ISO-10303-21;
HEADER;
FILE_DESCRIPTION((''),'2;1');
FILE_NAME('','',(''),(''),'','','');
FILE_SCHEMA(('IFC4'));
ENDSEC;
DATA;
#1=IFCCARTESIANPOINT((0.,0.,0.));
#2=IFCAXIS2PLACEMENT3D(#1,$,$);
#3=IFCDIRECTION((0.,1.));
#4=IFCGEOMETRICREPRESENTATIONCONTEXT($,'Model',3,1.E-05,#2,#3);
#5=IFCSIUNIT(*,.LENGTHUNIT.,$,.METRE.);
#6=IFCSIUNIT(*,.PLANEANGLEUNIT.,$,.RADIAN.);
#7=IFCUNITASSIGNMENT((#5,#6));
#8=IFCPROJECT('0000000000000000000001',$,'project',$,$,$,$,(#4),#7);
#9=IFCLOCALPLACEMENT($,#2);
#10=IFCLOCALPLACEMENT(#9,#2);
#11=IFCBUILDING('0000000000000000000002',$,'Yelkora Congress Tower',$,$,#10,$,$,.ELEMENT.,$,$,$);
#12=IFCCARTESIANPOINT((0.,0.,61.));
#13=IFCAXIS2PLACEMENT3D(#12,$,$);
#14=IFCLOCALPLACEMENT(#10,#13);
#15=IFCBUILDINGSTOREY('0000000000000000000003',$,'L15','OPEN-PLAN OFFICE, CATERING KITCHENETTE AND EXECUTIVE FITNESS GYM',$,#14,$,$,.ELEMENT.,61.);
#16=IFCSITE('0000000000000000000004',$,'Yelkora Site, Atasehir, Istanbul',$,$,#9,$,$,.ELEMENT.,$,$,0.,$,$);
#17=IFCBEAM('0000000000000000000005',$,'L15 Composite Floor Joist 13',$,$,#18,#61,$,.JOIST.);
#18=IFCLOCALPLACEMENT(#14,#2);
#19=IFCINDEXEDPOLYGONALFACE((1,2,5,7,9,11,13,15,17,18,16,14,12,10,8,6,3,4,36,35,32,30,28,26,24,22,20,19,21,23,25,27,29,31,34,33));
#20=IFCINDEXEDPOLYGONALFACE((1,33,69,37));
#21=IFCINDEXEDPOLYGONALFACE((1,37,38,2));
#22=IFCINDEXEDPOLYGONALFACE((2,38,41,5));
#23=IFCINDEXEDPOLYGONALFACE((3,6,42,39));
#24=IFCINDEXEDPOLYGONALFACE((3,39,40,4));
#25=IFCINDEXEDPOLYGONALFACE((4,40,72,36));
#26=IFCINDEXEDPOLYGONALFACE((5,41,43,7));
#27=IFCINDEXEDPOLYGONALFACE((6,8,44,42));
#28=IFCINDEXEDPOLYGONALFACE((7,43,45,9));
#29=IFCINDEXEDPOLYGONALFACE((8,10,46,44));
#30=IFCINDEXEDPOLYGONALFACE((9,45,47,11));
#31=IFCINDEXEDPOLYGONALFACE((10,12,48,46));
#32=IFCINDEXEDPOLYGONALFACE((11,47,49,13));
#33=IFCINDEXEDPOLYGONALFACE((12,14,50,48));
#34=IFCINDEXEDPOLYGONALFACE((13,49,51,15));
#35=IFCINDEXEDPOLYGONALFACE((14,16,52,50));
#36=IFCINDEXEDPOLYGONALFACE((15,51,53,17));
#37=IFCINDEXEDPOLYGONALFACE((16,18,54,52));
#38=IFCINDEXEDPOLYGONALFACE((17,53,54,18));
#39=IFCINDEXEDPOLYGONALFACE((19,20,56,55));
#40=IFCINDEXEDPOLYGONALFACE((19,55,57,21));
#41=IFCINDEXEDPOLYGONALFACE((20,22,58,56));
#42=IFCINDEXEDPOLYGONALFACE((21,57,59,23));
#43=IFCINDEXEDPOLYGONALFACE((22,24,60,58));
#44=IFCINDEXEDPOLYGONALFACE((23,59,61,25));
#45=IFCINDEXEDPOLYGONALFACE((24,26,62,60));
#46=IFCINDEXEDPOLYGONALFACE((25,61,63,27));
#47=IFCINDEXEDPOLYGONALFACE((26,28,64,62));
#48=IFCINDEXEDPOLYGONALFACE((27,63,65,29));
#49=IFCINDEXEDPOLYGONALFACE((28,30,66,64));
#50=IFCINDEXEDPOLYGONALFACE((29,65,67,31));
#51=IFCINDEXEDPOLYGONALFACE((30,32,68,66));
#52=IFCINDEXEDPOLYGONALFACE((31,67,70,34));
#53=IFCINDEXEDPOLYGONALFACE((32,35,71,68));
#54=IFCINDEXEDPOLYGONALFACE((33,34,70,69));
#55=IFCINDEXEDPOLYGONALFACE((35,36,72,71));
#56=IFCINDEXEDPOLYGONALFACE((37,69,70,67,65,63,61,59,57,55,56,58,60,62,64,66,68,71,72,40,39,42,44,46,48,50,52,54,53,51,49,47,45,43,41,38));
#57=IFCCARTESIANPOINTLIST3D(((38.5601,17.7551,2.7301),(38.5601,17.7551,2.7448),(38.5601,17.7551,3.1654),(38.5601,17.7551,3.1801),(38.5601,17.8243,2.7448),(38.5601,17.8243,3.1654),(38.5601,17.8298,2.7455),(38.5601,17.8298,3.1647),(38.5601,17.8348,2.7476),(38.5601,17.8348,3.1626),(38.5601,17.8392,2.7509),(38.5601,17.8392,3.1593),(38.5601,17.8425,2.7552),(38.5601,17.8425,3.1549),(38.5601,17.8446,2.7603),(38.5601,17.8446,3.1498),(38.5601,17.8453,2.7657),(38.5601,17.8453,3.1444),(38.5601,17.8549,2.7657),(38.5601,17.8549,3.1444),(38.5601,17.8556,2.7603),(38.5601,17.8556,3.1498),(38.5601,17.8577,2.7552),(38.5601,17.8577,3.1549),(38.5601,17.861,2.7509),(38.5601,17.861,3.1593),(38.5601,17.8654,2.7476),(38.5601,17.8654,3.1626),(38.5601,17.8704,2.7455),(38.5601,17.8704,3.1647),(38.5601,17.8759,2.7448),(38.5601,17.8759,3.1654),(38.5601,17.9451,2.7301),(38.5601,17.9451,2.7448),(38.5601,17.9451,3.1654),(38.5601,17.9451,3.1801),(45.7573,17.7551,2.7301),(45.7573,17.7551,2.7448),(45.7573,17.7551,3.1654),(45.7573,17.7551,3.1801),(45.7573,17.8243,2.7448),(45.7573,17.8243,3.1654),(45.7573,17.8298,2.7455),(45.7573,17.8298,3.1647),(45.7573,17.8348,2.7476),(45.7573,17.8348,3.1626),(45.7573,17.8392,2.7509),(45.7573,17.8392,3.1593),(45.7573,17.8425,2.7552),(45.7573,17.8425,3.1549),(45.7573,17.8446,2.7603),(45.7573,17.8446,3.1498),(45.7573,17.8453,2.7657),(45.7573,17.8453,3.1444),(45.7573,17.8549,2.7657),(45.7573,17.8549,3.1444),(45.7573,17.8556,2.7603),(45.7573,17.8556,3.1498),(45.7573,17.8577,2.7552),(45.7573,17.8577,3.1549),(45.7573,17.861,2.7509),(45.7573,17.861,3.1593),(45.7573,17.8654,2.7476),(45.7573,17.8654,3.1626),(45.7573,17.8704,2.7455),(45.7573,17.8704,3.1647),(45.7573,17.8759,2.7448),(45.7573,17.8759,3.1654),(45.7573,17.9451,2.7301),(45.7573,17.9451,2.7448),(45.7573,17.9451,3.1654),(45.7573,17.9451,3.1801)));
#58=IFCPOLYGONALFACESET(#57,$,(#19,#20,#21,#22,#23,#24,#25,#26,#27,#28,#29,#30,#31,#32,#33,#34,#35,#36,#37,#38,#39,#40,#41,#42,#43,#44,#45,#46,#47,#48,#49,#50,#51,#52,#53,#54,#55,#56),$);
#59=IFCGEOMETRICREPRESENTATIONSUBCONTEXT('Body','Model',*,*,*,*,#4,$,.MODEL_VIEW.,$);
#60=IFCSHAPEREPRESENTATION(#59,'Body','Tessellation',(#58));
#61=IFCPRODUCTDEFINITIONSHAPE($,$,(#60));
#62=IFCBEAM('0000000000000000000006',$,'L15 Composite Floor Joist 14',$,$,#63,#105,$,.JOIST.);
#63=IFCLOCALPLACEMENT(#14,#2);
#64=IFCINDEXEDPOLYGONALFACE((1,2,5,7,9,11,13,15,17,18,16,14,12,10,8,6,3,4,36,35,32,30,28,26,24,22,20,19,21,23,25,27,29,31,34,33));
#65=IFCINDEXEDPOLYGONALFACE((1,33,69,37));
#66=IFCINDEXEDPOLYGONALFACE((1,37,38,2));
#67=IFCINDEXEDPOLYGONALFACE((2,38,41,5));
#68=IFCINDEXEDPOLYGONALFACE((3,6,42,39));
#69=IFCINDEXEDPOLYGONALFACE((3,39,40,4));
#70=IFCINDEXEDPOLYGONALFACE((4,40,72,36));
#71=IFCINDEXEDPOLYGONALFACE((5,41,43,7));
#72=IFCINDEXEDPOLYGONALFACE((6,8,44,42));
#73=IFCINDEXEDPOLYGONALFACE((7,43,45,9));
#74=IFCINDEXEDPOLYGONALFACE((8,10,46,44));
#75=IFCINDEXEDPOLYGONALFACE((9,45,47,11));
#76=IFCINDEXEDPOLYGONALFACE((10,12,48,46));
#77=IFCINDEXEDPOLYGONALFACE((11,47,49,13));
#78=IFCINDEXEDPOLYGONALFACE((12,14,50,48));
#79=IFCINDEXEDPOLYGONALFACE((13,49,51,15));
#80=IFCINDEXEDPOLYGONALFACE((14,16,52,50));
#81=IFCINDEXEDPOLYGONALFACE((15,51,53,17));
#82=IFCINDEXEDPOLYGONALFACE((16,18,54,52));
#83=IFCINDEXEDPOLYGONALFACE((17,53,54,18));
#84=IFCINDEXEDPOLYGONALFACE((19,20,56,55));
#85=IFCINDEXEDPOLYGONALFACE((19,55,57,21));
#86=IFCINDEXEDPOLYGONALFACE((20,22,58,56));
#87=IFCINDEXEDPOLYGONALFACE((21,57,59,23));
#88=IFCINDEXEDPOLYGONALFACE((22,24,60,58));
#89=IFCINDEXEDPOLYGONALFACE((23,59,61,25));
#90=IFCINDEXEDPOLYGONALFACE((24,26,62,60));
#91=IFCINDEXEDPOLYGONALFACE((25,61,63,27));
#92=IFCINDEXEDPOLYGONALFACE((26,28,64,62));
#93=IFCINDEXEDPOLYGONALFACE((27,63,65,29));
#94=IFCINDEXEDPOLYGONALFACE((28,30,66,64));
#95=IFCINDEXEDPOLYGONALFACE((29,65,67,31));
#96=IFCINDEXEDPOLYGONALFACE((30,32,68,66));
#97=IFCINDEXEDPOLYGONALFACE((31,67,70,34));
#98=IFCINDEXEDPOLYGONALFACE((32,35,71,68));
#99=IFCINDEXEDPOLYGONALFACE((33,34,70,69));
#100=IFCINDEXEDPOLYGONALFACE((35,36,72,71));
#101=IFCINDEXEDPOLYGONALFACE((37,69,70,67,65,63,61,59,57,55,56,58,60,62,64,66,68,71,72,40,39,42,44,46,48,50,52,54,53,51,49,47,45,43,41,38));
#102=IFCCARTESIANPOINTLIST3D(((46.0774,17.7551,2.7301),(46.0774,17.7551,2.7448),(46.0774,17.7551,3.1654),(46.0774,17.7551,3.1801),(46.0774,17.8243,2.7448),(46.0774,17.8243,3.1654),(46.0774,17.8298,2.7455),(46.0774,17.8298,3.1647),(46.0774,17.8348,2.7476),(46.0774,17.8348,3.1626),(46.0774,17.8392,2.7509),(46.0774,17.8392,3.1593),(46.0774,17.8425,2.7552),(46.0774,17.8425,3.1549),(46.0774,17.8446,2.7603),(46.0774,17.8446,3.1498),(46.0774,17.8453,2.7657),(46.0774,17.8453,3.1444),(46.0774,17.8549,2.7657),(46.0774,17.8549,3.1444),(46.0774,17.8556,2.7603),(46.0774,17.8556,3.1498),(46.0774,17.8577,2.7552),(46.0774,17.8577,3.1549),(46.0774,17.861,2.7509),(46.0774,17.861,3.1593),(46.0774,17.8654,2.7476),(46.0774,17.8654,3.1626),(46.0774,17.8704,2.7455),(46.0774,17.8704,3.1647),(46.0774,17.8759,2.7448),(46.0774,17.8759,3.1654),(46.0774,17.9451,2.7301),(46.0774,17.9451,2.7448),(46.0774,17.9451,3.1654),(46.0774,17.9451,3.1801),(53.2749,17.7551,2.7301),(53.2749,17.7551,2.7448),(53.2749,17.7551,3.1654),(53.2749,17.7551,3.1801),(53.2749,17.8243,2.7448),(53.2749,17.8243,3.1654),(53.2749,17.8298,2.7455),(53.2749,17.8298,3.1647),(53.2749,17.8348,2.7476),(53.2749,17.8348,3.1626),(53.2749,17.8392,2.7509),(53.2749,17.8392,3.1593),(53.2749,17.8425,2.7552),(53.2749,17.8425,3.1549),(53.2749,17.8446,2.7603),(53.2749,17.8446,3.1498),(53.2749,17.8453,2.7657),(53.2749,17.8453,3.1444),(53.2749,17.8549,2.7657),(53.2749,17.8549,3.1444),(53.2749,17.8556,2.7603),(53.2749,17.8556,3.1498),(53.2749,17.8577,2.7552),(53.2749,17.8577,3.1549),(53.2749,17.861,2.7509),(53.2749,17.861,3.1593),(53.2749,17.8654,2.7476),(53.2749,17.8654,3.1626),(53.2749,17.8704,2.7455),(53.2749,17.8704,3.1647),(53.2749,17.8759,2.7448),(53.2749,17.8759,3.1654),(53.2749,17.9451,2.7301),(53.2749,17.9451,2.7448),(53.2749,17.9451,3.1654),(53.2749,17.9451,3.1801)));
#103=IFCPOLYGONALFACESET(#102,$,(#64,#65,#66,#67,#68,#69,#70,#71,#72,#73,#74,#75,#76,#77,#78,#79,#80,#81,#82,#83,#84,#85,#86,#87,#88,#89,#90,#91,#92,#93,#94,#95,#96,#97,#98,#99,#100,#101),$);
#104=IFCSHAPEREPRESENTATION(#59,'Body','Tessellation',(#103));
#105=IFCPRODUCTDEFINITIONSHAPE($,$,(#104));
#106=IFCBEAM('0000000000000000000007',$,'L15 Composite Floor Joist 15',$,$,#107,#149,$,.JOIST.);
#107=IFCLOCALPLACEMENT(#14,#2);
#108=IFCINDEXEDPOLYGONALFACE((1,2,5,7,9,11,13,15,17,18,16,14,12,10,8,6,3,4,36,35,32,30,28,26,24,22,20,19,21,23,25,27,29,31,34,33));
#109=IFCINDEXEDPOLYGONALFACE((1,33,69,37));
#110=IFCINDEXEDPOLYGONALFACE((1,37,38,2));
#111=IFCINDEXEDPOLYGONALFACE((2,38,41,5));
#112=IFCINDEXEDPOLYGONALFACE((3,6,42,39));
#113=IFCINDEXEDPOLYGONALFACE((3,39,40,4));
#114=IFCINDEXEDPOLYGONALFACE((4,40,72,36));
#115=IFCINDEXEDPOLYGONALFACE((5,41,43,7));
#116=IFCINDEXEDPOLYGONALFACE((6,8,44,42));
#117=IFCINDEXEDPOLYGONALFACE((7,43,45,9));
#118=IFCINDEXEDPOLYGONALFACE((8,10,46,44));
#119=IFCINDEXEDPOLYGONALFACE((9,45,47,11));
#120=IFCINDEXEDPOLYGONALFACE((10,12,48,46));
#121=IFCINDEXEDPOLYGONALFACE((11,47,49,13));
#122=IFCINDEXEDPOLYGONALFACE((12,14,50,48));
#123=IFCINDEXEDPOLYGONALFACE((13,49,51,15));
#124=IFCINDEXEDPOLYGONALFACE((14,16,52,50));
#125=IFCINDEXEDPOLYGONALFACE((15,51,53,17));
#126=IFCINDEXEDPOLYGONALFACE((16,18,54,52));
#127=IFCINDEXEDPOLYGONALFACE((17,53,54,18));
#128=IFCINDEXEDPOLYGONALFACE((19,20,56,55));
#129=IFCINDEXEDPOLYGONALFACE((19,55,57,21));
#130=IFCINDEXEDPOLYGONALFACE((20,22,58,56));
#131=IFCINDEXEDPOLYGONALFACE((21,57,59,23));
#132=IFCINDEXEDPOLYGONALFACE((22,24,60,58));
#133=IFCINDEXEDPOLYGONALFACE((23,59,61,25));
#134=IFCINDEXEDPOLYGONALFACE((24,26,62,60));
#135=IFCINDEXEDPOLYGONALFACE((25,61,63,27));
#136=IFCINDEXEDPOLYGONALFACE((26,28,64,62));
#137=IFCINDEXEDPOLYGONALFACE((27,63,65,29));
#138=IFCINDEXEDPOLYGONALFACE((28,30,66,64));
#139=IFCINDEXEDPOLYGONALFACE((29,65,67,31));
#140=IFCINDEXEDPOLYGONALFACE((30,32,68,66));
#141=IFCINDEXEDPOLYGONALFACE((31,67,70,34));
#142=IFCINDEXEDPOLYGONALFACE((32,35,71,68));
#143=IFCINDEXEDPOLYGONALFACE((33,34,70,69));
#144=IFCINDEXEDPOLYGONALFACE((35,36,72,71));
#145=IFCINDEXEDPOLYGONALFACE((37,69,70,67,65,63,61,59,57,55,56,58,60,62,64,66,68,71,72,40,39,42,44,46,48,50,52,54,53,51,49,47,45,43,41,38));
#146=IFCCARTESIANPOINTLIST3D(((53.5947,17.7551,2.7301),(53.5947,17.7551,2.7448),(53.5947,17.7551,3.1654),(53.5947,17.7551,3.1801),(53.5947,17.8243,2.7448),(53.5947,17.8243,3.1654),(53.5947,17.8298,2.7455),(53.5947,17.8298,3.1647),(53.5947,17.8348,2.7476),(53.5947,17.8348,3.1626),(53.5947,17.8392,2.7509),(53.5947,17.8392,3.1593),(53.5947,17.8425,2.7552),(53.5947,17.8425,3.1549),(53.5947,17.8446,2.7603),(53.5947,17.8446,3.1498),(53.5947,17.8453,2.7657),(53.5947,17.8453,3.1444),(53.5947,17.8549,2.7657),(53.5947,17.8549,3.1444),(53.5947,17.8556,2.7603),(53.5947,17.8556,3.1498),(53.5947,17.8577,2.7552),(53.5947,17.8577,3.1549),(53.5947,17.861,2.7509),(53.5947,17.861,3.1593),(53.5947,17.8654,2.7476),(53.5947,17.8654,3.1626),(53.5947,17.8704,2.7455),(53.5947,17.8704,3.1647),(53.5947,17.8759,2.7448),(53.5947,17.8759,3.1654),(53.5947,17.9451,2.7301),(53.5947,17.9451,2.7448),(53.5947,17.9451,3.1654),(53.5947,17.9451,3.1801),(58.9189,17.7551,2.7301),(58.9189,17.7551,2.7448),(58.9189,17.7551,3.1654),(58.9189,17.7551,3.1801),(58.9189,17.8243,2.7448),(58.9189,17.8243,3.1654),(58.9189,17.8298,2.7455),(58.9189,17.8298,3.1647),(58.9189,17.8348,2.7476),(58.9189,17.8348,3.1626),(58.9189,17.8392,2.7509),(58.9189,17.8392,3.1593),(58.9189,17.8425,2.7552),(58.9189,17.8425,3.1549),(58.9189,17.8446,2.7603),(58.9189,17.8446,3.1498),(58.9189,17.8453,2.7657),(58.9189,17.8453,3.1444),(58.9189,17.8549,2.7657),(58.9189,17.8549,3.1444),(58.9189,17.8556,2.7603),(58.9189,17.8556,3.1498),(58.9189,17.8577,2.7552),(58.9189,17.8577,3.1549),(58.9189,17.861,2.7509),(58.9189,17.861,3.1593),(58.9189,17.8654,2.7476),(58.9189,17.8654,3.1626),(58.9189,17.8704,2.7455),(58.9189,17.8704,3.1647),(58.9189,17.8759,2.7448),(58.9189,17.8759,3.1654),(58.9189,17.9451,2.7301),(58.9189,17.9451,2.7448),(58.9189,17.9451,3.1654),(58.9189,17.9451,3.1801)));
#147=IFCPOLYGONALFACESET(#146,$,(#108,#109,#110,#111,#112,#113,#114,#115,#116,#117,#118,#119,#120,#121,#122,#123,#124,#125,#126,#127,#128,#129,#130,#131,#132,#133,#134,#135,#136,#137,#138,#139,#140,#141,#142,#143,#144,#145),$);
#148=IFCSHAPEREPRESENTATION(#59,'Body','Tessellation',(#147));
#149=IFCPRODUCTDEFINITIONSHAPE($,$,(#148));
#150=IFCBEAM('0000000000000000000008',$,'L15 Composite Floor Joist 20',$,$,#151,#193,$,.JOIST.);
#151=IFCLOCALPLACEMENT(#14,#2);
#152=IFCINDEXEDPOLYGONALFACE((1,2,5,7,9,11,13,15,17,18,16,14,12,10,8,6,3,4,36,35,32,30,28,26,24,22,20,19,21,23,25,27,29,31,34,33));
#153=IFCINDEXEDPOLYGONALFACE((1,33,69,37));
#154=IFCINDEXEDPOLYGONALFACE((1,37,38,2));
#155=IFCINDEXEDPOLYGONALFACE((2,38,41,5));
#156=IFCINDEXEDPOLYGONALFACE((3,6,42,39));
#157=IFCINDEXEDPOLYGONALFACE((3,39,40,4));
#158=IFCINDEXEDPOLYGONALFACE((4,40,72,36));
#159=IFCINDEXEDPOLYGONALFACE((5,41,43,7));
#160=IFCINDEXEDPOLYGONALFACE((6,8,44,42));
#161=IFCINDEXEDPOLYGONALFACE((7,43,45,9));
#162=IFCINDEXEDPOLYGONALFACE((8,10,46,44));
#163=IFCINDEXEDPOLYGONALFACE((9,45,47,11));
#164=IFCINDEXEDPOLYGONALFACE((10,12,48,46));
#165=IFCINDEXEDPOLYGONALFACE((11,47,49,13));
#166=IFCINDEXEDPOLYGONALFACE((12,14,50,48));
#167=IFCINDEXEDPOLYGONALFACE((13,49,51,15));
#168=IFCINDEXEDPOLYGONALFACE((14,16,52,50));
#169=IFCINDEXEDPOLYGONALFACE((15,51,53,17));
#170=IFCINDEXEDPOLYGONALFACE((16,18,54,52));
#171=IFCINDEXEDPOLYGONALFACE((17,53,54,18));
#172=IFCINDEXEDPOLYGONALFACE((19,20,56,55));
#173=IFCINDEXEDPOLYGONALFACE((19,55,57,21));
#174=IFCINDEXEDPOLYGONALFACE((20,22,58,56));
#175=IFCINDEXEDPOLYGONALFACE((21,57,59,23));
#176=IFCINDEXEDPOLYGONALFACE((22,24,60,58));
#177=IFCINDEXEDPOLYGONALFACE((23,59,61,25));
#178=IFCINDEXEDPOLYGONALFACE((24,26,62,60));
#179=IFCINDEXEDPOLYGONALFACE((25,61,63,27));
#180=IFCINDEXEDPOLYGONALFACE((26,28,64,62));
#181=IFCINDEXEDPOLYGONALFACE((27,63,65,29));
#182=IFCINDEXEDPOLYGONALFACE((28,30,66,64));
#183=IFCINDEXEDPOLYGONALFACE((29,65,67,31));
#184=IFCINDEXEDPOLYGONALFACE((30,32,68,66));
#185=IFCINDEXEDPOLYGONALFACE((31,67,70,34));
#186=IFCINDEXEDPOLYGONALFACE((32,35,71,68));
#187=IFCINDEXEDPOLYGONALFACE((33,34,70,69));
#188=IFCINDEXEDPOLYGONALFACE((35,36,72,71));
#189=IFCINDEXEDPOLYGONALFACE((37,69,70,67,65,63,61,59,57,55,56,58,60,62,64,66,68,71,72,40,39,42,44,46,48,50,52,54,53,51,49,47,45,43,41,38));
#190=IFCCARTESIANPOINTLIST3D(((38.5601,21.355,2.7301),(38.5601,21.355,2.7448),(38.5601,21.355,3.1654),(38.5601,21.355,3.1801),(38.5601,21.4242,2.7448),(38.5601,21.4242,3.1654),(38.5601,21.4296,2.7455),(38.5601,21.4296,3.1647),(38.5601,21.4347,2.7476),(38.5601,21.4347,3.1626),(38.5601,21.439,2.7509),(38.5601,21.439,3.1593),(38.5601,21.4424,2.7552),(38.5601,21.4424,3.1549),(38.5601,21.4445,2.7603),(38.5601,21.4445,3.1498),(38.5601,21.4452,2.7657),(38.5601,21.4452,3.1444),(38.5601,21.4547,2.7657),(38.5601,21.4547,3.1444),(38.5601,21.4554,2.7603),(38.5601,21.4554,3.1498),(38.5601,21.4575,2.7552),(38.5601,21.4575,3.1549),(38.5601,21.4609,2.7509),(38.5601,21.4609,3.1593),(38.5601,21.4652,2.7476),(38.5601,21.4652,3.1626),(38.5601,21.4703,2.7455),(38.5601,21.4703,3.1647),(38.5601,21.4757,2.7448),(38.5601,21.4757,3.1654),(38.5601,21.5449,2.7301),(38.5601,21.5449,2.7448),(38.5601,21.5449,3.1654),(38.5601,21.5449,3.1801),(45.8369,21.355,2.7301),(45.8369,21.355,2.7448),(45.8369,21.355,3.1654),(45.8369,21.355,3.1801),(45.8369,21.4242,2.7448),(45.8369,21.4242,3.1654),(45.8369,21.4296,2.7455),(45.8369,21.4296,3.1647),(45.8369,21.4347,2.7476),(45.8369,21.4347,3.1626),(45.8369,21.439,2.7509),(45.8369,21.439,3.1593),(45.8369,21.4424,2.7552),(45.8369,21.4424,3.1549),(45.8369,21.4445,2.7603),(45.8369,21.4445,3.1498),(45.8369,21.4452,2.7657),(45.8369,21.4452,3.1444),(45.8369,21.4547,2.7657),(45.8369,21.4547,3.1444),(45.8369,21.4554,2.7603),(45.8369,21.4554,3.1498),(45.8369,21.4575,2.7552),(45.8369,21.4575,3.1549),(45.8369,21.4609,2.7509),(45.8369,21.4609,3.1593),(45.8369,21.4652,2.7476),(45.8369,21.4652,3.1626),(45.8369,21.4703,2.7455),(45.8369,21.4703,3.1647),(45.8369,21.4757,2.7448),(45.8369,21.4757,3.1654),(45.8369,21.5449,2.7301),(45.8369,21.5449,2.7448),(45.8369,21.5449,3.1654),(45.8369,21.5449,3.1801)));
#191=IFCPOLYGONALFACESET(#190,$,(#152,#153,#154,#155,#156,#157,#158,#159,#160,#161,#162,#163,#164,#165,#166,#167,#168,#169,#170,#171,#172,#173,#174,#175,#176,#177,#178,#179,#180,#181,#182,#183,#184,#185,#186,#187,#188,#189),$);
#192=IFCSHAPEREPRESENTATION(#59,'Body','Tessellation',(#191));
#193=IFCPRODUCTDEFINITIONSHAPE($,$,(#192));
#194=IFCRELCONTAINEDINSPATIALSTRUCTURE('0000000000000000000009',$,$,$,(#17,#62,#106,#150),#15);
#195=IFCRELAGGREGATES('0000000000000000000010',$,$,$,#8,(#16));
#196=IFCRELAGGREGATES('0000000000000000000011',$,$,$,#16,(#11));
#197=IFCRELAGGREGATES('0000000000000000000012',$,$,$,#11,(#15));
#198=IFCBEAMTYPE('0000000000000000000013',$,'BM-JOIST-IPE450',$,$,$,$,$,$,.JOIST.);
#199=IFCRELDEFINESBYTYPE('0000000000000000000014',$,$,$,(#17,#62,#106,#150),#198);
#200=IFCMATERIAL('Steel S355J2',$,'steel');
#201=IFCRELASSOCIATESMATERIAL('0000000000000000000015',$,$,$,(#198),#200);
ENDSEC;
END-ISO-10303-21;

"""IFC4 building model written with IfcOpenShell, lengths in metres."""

from ifc_helpers import new_model, si_unit, direction, frame, origin, origin_2d, place, context, subcontext, project, spatial, i_section, extrude, material, material_profile, profile_set, type_object, element, save


model = new_model("IFC4")

# Units and contexts
model_context = context("Model", 3, precision=1e-05, world=origin(), true_north=direction((0.0, 1.0)))
body_context = subcontext(model_context, "Body", "Model", "MODEL_VIEW")
ifc_project = project(units=[si_unit("LENGTHUNIT", "METRE"), si_unit("PLANEANGLEUNIT", "RADIAN")], contexts=[model_context])

# Site, building, storey
site_placement = place(None, origin())
site = spatial("IfcSite", under=ifc_project, at=site_placement, Name="Yelkora Site, Atasehir, Istanbul", CompositionType="ELEMENT", RefElevation=0.0)
building_placement = place(site_placement, origin())
building = spatial("IfcBuilding", under=site, at=building_placement, Name="Yelkora Congress Tower", CompositionType="ELEMENT")
storey_placement = place(building_placement, frame((0.0, 0.0, 61.0)))
storey = spatial("IfcBuildingStorey", under=building, at=storey_placement, Name="L15", Description="OPEN-PLAN OFFICE, CATERING KITCHENETTE AND EXECUTIVE FITNESS GYM", CompositionType="ELEMENT", Elevation=61.0)

# Beams
ifc_material_1 = material(Name="Steel S355J2", Category="steel")
ifc_material_profile_1 = material_profile(ifc_material_1, i_section(OverallWidth=0.1899, OverallDepth=0.45, WebThickness=0.0095, FlangeThickness=0.0146, FilletRadius=0.021, at=origin_2d()), Name="IPE 450")
ifc_profile_set_1 = profile_set([ifc_material_profile_1], Name="Steel S355J2")
beam_type_1 = type_object("IfcBeamType", Name="BM-JOIST-IPE450", PredefinedType="JOIST", material=ifc_profile_set_1)
beam_1_placement = place(storey_placement, frame((38.5601, 17.8501, 2.9551), z_axis=(1.0, 0.0, 0.0), x_axis=(0.0, 1.0, 0.0)))
element("IfcBeam", 1, at=beam_1_placement, inside=storey, type_object=beam_type_1, Name="L15 Composite Floor Joist 13", PredefinedType="JOIST", context=body_context, shape_type="SweptSolid", body=[
    extrude(i_section(OverallWidth=0.1899, OverallDepth=0.45, WebThickness=0.0095, FlangeThickness=0.0146, FilletRadius=0.021, at=origin_2d()), origin(), (0.0, 0.0, 1.0), 7.1973),
])
beam_2_placement = place(storey_placement, frame((46.0774, 17.8501, 2.9551), z_axis=(1.0, 0.0, 0.0), x_axis=(0.0, 1.0, 0.0)))
element("IfcBeam", 2, at=beam_2_placement, inside=storey, type_object=beam_type_1, Name="L15 Composite Floor Joist 14", PredefinedType="JOIST", context=body_context, shape_type="SweptSolid", body=[
    extrude(i_section(OverallWidth=0.1899, OverallDepth=0.45, WebThickness=0.0095, FlangeThickness=0.0146, FilletRadius=0.021, at=origin_2d()), origin(), (0.0, 0.0, 1.0), 7.1975),
])
beam_3_placement = place(storey_placement, frame((53.5947, 17.8501, 2.9551), z_axis=(1.0, 0.0, 0.0), x_axis=(0.0, 1.0, 0.0)))
element("IfcBeam", 3, at=beam_3_placement, inside=storey, type_object=beam_type_1, Name="L15 Composite Floor Joist 15", PredefinedType="JOIST", context=body_context, shape_type="SweptSolid", body=[
    extrude(i_section(OverallWidth=0.1899, OverallDepth=0.45, WebThickness=0.0095, FlangeThickness=0.0146, FilletRadius=0.021, at=origin_2d()), origin(), (0.0, 0.0, 1.0), 5.3242),
])
beam_4_placement = place(storey_placement, frame((38.5601, 21.45, 2.9551), z_axis=(1.0, 0.0, 0.0), x_axis=(0.0, 1.0, 0.0)))
element("IfcBeam", 4, at=beam_4_placement, inside=storey, type_object=beam_type_1, Name="L15 Composite Floor Joist 20", PredefinedType="JOIST", context=body_context, shape_type="SweptSolid", body=[
    extrude(i_section(OverallWidth=0.1899, OverallDepth=0.45, WebThickness=0.0095, FlangeThickness=0.0146, FilletRadius=0.021, at=origin_2d()), origin(), (0.0, 0.0, 1.0), 7.2769),
])

save(model, "model.ifc")
